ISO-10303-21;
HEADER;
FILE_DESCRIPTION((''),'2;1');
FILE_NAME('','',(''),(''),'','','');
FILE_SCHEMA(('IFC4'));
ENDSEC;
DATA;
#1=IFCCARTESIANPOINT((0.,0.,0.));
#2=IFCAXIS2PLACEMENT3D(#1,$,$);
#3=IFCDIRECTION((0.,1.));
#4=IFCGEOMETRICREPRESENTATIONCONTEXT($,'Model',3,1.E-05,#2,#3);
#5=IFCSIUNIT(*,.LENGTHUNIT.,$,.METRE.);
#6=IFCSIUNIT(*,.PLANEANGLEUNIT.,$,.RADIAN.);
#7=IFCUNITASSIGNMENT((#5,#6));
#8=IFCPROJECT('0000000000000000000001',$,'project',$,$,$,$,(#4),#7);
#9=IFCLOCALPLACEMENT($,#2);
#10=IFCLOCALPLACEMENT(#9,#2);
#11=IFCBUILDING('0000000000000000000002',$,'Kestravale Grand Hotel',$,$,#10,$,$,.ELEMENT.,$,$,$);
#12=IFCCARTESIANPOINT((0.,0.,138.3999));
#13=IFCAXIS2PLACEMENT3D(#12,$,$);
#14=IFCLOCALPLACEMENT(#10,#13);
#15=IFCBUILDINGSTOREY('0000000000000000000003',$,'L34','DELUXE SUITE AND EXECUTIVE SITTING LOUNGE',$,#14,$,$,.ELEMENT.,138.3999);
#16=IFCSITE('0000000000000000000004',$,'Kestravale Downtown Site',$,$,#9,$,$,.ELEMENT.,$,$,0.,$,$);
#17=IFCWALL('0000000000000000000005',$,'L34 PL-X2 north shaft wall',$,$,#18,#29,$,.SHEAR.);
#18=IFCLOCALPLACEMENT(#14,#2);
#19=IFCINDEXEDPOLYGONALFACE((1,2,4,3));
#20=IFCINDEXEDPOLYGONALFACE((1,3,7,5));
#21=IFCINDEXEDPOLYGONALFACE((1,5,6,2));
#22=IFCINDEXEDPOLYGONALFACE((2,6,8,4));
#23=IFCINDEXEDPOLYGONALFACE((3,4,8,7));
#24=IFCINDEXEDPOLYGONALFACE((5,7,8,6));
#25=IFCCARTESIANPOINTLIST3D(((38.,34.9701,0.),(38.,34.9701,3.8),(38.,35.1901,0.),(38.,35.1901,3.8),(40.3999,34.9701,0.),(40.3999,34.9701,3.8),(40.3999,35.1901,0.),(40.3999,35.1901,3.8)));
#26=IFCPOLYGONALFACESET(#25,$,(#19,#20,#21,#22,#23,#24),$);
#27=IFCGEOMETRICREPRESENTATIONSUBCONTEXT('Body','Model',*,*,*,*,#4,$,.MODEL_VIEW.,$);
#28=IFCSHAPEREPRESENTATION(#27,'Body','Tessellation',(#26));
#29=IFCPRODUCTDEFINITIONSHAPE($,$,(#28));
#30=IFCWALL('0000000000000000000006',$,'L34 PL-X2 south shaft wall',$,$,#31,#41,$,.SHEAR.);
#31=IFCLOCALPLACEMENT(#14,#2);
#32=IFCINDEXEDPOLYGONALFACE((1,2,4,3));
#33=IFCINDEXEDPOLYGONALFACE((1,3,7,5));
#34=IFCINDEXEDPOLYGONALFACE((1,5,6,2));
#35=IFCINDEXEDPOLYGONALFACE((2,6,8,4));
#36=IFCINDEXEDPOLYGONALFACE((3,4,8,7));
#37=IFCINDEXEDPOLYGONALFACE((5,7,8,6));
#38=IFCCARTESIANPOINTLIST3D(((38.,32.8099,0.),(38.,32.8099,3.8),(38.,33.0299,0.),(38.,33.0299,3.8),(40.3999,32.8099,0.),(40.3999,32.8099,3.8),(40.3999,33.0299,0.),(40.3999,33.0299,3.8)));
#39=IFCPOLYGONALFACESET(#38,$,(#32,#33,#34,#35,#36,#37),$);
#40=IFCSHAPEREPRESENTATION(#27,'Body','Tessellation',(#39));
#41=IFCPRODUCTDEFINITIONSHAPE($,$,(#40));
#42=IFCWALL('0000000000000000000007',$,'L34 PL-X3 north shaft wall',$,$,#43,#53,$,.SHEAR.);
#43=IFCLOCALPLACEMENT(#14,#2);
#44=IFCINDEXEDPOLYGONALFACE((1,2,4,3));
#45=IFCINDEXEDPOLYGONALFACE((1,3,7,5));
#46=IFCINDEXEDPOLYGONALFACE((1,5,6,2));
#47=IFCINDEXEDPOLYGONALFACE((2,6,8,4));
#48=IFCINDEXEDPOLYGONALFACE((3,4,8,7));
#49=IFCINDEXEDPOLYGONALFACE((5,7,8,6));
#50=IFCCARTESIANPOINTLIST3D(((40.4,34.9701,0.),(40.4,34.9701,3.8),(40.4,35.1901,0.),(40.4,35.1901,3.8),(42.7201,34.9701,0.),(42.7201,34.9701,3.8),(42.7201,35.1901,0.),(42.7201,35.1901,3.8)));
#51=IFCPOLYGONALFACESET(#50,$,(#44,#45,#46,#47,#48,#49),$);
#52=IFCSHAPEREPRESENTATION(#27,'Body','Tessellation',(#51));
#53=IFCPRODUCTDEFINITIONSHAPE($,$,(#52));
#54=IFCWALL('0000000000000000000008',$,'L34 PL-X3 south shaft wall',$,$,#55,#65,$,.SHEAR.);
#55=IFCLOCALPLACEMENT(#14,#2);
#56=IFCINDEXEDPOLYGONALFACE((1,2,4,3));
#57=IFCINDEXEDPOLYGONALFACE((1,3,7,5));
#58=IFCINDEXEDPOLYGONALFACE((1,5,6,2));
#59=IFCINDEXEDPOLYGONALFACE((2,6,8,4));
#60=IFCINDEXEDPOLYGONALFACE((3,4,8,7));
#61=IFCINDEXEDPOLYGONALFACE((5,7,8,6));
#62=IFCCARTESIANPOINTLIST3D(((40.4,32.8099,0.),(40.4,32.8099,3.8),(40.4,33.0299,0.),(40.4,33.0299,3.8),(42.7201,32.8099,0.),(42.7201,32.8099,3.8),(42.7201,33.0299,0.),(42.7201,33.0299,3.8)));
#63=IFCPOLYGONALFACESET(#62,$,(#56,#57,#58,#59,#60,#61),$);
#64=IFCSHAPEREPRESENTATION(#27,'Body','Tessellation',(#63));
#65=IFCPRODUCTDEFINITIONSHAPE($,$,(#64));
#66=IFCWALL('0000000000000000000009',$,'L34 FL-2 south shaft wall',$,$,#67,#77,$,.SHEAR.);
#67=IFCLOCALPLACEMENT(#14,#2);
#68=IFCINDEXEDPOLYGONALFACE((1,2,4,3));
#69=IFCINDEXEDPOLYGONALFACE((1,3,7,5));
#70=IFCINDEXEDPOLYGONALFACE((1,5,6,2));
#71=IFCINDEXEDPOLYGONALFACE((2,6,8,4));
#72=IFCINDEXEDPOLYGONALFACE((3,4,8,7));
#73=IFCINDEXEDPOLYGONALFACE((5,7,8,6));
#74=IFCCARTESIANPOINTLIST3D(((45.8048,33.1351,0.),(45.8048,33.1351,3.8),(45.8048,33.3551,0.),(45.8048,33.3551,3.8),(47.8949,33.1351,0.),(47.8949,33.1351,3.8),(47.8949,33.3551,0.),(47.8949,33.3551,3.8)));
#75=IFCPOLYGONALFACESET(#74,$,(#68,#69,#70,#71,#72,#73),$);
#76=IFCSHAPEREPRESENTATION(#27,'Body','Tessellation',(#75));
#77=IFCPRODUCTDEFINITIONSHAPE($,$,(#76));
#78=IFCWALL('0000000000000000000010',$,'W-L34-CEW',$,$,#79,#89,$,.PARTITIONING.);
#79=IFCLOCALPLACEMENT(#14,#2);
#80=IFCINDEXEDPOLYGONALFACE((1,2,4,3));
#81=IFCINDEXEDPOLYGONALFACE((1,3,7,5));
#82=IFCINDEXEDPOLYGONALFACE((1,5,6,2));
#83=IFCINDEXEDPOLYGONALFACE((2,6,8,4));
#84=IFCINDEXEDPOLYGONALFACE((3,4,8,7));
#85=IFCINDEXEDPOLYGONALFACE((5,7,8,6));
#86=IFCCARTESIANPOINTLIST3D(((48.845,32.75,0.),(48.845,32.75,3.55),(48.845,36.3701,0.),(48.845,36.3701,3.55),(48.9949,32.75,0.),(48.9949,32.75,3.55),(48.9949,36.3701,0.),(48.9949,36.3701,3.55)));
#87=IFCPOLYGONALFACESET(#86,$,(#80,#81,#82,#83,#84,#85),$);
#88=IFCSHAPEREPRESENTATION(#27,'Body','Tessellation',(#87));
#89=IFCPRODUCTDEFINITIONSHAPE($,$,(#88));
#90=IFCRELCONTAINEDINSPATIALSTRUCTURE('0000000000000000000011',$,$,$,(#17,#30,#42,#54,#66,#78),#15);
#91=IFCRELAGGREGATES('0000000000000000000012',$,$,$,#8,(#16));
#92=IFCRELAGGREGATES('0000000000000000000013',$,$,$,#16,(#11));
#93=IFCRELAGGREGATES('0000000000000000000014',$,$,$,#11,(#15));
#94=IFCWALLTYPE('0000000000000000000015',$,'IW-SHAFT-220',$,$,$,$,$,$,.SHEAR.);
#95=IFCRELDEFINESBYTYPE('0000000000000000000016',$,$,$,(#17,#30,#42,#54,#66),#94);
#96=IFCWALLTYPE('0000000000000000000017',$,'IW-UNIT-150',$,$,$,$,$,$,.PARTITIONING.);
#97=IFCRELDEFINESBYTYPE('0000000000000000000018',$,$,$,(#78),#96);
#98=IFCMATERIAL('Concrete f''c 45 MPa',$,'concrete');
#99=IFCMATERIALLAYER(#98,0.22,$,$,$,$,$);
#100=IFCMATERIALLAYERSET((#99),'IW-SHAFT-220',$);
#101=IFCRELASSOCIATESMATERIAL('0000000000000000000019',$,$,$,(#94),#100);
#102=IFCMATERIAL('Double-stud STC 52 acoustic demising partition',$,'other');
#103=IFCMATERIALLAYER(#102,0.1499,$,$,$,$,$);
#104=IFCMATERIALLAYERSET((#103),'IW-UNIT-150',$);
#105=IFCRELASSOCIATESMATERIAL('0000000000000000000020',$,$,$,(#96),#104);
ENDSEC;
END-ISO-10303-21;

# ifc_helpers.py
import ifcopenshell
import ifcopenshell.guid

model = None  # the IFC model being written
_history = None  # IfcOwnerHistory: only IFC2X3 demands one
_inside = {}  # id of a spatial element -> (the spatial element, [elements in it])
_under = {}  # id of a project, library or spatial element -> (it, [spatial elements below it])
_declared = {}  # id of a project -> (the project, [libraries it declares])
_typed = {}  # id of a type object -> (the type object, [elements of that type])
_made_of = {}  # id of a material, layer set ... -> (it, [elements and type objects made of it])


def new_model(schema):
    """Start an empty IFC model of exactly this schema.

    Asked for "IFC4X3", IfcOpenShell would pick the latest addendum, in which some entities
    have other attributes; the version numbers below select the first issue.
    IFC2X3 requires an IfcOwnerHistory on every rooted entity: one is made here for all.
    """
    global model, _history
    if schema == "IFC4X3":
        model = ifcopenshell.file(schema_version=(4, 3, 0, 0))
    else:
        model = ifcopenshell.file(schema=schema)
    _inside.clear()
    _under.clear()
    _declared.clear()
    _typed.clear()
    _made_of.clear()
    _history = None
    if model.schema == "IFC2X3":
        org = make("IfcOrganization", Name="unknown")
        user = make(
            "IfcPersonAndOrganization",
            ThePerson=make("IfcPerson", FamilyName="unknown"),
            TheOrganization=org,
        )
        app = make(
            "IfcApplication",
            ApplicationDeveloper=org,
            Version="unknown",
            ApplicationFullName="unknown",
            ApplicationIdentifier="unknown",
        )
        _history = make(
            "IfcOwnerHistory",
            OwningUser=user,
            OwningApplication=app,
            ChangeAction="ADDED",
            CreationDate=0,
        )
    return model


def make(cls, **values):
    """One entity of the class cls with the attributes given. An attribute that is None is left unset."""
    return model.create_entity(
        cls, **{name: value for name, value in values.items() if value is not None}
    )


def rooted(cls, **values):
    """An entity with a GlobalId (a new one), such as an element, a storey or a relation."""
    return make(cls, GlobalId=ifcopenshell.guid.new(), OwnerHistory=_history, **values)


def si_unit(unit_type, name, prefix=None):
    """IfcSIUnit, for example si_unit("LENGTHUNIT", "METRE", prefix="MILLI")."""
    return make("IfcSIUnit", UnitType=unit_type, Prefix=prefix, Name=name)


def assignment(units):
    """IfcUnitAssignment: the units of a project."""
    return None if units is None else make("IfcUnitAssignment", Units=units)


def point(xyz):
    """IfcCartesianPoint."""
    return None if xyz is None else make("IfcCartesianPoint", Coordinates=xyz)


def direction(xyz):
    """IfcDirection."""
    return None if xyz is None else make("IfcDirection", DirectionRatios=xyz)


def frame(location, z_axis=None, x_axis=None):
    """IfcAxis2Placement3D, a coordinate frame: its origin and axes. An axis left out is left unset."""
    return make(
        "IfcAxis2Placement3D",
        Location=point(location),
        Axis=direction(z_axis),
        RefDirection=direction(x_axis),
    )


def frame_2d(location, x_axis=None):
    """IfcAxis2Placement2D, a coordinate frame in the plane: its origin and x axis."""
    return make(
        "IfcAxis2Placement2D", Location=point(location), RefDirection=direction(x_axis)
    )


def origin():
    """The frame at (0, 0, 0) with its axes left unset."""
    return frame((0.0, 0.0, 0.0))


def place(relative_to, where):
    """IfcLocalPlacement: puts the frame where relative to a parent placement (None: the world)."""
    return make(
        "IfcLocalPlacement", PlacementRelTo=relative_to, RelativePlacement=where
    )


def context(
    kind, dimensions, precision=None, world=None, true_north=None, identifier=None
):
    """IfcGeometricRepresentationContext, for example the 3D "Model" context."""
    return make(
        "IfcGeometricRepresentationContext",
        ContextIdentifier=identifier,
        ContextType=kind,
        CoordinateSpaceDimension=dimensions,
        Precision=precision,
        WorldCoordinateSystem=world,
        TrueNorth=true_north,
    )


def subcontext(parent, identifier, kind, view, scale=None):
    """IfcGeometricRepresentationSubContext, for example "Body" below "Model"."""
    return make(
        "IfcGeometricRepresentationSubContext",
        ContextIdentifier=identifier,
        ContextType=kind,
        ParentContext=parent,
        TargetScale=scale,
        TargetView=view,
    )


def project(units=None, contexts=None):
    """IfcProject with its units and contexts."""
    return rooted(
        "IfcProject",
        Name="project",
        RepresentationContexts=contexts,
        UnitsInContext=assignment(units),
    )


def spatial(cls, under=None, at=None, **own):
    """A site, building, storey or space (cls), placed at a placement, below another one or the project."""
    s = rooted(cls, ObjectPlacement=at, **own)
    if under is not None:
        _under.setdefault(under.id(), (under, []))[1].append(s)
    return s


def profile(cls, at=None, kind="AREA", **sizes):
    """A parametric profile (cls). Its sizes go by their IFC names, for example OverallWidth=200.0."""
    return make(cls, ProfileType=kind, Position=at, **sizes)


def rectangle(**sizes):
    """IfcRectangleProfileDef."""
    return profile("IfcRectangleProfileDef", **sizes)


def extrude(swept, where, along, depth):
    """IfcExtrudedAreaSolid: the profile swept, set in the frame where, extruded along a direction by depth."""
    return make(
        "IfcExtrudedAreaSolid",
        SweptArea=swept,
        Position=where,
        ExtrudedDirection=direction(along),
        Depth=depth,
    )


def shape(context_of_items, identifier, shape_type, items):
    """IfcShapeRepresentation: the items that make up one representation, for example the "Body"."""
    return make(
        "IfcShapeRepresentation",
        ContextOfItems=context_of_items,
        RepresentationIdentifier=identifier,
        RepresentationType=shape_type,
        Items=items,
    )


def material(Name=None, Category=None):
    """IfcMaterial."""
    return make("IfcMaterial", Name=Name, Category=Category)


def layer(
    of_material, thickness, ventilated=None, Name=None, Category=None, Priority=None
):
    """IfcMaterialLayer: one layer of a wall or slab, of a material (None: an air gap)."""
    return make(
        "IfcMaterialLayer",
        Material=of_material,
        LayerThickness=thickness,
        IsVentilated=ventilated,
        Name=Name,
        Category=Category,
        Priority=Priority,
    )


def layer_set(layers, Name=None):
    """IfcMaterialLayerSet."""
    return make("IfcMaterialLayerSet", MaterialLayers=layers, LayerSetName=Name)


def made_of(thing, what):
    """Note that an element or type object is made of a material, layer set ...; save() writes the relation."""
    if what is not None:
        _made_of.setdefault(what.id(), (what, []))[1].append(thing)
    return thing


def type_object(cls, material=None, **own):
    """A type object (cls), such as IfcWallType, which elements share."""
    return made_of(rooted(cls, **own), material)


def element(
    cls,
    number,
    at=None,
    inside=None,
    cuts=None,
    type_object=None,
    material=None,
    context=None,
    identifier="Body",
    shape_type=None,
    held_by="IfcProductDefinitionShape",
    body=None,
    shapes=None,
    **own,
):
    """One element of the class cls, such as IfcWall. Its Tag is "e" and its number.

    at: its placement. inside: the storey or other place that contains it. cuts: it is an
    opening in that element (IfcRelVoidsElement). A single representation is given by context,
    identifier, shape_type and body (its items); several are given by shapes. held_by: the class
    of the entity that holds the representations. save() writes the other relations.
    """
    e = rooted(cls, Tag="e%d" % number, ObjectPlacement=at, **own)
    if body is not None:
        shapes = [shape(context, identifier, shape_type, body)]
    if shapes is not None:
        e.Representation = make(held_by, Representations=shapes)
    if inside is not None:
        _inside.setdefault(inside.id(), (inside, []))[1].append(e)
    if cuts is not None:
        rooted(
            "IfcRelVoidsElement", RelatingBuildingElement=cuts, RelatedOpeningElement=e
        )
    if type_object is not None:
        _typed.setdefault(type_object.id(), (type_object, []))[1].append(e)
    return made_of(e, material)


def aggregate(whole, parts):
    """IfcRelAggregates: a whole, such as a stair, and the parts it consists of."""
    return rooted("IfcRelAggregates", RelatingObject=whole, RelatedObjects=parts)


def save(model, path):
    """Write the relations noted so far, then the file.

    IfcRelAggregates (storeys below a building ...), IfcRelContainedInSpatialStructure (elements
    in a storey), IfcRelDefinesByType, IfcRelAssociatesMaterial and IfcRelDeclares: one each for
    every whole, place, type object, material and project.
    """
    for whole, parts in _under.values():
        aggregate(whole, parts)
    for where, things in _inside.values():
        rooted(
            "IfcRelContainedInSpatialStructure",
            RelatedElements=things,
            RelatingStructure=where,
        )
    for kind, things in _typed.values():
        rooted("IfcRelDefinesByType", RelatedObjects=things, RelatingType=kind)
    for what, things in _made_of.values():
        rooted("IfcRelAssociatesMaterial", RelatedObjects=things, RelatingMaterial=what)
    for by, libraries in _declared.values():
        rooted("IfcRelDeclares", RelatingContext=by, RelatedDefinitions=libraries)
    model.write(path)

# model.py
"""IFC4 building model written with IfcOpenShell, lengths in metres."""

from ifc_helpers import new_model, si_unit, direction, frame, frame_2d, origin, place, context, subcontext, project, spatial, rectangle, extrude, material, layer, layer_set, type_object, element, save


model = new_model("IFC4")

# Units and contexts
model_context = context("Model", 3, precision=1e-05, world=origin(), true_north=direction((0.0, 1.0)))
body_context = subcontext(model_context, "Body", "Model", "MODEL_VIEW")
ifc_project = project(units=[si_unit("LENGTHUNIT", "METRE"), si_unit("PLANEANGLEUNIT", "RADIAN")], contexts=[model_context])

# Site, building, storey
site_placement = place(None, origin())
site = spatial("IfcSite", under=ifc_project, at=site_placement, Name="Kestravale Downtown Site", CompositionType="ELEMENT", RefElevation=0.0)
building_placement = place(site_placement, origin())
building = spatial("IfcBuilding", under=site, at=building_placement, Name="Kestravale Grand Hotel", CompositionType="ELEMENT")
storey_placement = place(building_placement, frame((0.0, 0.0, 138.3999)))
storey = spatial("IfcBuildingStorey", under=building, at=storey_placement, Name="L34", Description="DELUXE SUITE AND EXECUTIVE SITTING LOUNGE", CompositionType="ELEMENT", Elevation=138.3999)

# Walls
ifc_material_1 = material(Name="Concrete f'c 45 MPa", Category="concrete")
ifc_layer_1 = layer(ifc_material_1, 0.22)
ifc_layer_set_1 = layer_set([ifc_layer_1], Name="IW-SHAFT-220")
wall_type_1 = type_object("IfcWallType", Name="IW-SHAFT-220", PredefinedType="SHEAR", material=ifc_layer_set_1)
for number, where, z_axis, x_axis, name in (
    (1, (38.0, 35.0801, 0.0), (0.0, 0.0, 1.0), (1.0, 0.0, 0.0), "L34 PL-X2 north shaft wall"),
    (2, (38.0, 32.9199, 0.0), (0.0, 0.0, 1.0), (1.0, 0.0, 0.0), "L34 PL-X2 south shaft wall"),
):
    element("IfcWall", number, at=place(storey_placement, frame(where, z_axis=z_axis, x_axis=x_axis)), inside=storey, type_object=wall_type_1, Name=name, PredefinedType="SHEAR", context=body_context, shape_type="SweptSolid", body=[
        extrude(rectangle(XDim=2.3999, YDim=0.22, at=frame_2d((1.2, 0.0))), origin(), (0.0, 0.0, 1.0), 3.8),
    ])
for number, where, z_axis, x_axis, name in (
    (3, (40.3999, 35.0801, 0.0), (0.0, 0.0, 1.0), (1.0, 0.0, 0.0), "L34 PL-X3 north shaft wall"),
    (4, (40.3999, 32.9199, 0.0), (0.0, 0.0, 1.0), (1.0, 0.0, 0.0), "L34 PL-X3 south shaft wall"),
):
    element("IfcWall", number, at=place(storey_placement, frame(where, z_axis=z_axis, x_axis=x_axis)), inside=storey, type_object=wall_type_1, Name=name, PredefinedType="SHEAR", context=body_context, shape_type="SweptSolid", body=[
        extrude(rectangle(XDim=2.3201, YDim=0.22, at=frame_2d((1.1602, 0.0))), origin(), (0.0, 0.0, 1.0), 3.8),
    ])

# Walls
wall_1_placement = place(storey_placement, frame((45.8049, 33.2451, 0.0), z_axis=(0.0, 0.0, 1.0), x_axis=(1.0, 0.0, 0.0)))
element("IfcWall", 5, at=wall_1_placement, inside=storey, type_object=wall_type_1, Name="L34 FL-2 south shaft wall", PredefinedType="SHEAR", context=body_context, shape_type="SweptSolid", body=[
    extrude(rectangle(XDim=2.0901, YDim=0.22, at=frame_2d((1.0449, 0.0))), origin(), (0.0, 0.0, 1.0), 3.8),
])
ifc_material_2 = material(Name="Double-stud STC 52 acoustic demising partition", Category="other")
ifc_layer_2 = layer(ifc_material_2, 0.1499)
ifc_layer_set_2 = layer_set([ifc_layer_2], Name="IW-UNIT-150")
wall_type_2 = type_object("IfcWallType", Name="IW-UNIT-150", PredefinedType="PARTITIONING", material=ifc_layer_set_2)
wall_2_placement = place(storey_placement, frame((48.9199, 32.75, 0.0), z_axis=(0.0, 0.0, 1.0), x_axis=(0.0, 1.0, 0.0)))
element("IfcWall", 6, at=wall_2_placement, inside=storey, type_object=wall_type_2, Name="W-L34-CEW", PredefinedType="PARTITIONING", context=body_context, shape_type="SweptSolid", body=[
    extrude(rectangle(XDim=3.6201, YDim=0.1499, at=frame_2d((1.8101, 0.0))), origin(), (0.0, 0.0, 1.0), 3.55),
])

save(model, "model.ifc")
